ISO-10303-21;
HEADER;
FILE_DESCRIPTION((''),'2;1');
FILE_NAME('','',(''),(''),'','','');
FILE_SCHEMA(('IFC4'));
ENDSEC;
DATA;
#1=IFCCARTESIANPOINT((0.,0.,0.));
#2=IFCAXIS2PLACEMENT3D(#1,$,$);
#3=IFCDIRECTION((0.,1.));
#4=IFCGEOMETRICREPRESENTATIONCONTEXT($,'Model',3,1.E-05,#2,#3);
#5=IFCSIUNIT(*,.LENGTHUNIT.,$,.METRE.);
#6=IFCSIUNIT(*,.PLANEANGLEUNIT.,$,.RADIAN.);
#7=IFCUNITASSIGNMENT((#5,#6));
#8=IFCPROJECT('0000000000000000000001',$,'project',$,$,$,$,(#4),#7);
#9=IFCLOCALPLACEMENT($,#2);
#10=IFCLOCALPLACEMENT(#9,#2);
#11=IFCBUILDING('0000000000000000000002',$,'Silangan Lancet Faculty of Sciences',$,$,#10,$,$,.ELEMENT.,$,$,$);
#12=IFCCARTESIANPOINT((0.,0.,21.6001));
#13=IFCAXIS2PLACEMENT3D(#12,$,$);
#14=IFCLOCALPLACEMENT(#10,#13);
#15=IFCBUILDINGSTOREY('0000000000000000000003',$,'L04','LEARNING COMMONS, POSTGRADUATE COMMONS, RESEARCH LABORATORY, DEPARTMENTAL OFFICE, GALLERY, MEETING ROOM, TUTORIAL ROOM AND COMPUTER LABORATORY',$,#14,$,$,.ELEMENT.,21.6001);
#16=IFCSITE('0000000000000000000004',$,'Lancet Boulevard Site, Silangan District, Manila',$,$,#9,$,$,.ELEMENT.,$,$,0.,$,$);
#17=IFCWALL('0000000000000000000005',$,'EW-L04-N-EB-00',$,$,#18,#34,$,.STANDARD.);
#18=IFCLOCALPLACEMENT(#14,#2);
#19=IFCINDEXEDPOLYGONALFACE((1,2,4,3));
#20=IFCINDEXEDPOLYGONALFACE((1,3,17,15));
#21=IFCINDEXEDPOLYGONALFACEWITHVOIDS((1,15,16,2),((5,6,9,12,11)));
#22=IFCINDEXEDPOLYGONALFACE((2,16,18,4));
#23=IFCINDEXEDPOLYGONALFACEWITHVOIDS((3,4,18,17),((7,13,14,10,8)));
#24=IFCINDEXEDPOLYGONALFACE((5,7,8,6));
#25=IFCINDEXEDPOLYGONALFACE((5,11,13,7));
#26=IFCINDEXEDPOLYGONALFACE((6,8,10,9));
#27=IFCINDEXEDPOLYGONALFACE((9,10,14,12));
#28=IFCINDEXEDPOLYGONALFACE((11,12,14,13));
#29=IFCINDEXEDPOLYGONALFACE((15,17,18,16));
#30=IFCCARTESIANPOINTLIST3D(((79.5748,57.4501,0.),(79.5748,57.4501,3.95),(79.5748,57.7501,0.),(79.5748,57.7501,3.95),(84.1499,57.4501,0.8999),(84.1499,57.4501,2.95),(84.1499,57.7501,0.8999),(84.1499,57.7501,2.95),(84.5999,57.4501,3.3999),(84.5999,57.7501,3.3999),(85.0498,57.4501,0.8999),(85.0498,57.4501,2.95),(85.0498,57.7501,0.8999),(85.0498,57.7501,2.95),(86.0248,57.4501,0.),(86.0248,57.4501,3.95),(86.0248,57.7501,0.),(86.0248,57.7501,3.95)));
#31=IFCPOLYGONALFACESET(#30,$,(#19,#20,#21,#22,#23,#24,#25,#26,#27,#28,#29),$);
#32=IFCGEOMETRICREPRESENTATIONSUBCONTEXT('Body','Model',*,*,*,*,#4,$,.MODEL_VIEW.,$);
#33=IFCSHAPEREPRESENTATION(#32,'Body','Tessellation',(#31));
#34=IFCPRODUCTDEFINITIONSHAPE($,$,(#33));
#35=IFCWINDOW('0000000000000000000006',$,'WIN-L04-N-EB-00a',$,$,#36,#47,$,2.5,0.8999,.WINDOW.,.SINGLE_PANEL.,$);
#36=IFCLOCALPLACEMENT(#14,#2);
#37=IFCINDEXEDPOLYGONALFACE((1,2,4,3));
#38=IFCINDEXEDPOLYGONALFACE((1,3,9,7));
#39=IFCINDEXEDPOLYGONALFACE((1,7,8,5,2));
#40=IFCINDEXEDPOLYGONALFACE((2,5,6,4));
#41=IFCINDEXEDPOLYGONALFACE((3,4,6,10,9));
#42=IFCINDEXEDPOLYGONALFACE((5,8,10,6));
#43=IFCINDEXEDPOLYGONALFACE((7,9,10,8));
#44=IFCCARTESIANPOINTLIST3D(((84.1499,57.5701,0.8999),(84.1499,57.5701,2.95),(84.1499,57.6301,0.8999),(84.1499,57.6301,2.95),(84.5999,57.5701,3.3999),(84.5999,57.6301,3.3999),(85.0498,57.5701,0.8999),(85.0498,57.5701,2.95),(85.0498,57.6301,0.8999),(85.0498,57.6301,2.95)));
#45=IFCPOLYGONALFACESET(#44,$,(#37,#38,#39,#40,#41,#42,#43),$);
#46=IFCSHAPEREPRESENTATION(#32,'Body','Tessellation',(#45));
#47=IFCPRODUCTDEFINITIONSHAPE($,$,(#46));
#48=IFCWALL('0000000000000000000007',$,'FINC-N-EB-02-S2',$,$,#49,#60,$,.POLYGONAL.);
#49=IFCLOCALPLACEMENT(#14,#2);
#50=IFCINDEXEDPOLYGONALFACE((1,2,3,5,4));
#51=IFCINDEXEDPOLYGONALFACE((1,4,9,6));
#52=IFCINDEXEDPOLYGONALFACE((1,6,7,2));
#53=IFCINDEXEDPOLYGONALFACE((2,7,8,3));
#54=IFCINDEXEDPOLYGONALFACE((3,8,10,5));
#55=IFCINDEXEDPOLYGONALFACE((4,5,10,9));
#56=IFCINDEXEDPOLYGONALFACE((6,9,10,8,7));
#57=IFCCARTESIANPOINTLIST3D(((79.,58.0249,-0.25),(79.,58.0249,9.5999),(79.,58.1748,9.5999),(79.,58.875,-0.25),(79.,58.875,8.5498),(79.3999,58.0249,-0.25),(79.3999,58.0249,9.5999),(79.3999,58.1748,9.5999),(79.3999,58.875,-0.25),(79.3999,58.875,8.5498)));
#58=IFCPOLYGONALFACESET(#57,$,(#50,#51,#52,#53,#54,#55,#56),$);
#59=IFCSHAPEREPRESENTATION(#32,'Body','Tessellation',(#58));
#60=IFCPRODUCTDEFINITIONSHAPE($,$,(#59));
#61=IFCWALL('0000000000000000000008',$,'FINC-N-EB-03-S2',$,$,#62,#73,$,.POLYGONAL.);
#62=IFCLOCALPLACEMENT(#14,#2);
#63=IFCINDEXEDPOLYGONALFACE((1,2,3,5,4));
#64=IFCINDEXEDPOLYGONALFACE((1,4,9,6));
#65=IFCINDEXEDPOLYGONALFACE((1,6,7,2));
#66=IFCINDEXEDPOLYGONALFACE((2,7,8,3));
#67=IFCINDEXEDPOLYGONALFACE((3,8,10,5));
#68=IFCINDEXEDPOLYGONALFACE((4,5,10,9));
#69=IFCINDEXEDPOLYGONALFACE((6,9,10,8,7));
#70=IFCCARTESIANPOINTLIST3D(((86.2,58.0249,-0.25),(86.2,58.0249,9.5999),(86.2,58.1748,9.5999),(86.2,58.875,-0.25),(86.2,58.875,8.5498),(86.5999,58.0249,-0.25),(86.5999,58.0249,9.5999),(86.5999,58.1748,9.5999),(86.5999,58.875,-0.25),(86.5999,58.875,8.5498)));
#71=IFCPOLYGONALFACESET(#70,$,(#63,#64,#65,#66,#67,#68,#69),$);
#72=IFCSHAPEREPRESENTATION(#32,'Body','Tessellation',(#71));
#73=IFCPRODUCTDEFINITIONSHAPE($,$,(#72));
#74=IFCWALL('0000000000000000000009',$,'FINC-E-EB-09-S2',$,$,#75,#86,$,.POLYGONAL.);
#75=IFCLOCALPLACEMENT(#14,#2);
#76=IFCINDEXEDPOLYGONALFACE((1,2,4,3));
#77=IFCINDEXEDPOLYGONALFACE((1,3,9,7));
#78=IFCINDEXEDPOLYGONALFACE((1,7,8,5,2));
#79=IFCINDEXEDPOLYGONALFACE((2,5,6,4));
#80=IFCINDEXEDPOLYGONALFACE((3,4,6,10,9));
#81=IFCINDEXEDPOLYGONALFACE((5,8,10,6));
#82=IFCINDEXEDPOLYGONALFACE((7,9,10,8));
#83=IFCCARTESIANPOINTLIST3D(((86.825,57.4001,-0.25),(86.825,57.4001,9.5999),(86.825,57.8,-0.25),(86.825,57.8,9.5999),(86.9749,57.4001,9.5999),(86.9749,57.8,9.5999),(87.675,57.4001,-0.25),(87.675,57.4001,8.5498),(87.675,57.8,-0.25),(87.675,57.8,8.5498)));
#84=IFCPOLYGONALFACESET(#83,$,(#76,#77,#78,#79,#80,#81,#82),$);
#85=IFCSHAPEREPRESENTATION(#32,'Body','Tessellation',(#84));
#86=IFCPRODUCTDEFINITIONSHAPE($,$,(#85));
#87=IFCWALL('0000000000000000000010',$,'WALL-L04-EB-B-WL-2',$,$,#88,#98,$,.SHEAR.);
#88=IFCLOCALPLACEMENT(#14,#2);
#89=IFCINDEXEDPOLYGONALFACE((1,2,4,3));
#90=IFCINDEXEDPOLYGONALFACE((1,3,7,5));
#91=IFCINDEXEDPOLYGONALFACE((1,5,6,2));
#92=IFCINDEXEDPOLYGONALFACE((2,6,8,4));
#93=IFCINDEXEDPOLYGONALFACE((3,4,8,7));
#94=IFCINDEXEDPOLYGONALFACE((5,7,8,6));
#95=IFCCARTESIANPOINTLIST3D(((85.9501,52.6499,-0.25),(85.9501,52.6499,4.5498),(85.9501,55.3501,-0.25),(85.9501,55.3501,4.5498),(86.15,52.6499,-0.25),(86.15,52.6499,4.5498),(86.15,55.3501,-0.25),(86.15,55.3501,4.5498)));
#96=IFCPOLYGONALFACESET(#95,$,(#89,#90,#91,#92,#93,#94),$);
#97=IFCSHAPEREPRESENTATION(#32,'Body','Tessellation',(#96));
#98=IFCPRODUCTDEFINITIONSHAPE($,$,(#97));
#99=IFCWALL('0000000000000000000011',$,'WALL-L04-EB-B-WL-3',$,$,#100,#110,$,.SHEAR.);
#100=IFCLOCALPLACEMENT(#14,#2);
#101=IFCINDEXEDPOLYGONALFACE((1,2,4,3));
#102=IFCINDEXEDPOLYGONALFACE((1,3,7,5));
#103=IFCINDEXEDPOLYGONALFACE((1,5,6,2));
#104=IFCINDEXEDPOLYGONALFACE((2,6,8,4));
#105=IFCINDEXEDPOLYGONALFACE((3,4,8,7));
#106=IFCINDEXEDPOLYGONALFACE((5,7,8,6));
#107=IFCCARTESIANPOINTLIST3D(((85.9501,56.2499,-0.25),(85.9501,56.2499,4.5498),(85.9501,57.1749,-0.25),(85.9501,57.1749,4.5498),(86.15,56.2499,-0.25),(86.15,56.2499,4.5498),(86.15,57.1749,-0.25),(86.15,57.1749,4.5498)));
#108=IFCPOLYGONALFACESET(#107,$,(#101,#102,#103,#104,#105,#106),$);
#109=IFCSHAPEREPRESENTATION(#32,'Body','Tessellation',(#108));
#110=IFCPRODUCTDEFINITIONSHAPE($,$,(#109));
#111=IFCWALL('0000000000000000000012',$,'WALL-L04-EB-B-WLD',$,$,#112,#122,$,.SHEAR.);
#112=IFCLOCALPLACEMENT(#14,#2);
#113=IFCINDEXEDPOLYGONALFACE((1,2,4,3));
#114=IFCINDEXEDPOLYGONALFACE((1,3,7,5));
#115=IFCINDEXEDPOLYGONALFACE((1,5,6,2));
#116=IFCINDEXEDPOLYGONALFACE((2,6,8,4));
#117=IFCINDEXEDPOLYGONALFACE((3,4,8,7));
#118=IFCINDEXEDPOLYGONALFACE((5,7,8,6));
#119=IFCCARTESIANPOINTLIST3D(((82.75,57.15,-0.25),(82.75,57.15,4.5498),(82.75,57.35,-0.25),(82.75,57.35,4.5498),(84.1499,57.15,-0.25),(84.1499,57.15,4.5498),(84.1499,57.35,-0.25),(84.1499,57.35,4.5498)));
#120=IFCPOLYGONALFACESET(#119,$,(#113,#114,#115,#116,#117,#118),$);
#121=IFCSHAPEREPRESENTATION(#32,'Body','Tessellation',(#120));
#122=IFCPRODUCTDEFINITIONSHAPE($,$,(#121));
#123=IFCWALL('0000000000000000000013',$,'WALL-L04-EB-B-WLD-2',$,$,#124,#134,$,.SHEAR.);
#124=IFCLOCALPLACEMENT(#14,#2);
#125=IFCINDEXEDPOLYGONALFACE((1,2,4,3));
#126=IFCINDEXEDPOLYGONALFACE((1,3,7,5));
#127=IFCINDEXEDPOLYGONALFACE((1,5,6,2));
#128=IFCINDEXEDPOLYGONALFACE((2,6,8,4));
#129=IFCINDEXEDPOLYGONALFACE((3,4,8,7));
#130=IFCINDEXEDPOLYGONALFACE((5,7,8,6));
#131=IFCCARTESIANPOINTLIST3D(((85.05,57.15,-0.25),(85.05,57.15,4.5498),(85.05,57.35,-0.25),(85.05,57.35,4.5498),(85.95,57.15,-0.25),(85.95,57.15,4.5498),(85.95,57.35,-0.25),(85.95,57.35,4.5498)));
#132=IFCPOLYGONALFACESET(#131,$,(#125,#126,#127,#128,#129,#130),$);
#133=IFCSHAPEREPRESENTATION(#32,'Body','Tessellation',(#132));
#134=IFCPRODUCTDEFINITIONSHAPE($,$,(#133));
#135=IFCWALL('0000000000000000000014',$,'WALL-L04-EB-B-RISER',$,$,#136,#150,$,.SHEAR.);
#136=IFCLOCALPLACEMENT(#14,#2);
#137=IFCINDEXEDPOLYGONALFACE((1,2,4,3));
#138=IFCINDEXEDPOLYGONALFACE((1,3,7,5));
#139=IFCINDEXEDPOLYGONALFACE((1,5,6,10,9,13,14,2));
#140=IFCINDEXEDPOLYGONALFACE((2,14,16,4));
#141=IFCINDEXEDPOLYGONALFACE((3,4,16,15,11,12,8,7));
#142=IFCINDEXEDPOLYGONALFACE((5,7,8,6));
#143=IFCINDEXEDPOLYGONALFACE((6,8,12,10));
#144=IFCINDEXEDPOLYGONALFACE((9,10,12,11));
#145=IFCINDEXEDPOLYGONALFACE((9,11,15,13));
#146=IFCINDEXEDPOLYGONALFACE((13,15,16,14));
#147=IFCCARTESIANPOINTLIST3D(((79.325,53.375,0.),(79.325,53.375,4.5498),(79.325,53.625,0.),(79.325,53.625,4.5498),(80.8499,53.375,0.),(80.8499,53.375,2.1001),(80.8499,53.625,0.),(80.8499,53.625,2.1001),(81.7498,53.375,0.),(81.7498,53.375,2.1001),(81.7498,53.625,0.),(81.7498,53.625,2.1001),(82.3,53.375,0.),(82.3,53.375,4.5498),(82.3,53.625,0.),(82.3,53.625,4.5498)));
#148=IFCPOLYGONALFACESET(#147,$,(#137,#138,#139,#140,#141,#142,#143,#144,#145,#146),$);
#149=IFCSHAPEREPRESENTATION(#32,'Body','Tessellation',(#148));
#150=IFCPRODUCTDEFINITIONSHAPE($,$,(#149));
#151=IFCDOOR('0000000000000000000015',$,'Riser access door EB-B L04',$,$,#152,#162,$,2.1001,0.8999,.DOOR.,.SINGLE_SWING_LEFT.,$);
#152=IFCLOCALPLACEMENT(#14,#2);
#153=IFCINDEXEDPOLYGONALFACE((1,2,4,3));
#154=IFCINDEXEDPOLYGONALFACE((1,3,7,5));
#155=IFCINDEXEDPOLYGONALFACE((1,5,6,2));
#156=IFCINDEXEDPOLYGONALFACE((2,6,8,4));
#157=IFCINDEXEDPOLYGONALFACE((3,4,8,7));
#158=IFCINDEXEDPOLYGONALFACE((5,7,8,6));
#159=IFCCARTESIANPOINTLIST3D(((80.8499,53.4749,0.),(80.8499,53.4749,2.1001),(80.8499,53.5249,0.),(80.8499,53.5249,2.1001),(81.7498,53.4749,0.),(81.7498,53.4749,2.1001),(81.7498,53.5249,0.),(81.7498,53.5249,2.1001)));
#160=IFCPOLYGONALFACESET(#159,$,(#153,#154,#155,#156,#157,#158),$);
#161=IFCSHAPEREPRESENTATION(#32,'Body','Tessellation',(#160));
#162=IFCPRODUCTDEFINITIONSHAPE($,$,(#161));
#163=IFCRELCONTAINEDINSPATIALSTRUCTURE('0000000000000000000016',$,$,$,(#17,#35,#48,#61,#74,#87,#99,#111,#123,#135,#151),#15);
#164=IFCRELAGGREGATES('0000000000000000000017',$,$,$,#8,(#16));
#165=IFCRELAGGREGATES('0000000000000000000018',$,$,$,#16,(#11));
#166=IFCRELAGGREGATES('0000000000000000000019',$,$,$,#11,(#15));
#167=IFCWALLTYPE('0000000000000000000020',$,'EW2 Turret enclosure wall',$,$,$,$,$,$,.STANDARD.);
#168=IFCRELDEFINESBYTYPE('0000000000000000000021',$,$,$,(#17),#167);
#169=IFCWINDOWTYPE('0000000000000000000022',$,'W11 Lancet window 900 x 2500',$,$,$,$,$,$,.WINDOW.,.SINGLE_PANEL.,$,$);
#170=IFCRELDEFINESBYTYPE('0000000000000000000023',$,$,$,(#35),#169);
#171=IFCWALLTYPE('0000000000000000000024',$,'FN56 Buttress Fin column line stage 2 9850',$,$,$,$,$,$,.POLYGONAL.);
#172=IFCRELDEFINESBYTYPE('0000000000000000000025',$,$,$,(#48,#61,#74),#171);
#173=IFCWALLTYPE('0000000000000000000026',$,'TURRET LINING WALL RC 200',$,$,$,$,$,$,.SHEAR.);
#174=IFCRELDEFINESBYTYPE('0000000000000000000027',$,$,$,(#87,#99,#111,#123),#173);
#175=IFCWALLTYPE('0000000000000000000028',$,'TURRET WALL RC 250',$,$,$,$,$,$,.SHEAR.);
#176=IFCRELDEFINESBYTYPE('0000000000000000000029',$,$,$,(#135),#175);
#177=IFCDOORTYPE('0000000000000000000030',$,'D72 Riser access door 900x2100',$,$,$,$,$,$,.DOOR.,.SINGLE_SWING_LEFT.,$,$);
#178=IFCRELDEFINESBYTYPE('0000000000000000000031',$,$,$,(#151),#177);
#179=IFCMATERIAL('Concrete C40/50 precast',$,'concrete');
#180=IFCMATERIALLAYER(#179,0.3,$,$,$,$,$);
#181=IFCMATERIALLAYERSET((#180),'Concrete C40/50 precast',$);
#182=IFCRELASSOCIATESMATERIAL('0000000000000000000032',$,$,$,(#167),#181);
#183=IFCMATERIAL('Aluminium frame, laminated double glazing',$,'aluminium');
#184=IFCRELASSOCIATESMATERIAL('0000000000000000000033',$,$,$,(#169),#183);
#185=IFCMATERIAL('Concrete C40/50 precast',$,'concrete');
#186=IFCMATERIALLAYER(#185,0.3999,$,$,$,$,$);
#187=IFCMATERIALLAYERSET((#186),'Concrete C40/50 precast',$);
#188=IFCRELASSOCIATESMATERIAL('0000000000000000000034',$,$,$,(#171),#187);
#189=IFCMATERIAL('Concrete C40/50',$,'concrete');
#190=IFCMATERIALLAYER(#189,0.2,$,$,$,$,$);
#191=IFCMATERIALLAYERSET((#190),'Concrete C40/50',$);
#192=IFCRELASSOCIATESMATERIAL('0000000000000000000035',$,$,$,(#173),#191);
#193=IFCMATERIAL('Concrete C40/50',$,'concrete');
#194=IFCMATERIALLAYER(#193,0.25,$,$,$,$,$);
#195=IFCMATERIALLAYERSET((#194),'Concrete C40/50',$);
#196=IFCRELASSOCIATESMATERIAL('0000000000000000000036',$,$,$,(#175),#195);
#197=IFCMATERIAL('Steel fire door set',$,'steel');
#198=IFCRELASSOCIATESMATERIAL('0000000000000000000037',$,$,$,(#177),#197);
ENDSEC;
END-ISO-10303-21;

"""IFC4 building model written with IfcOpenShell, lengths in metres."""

from ifc_helpers import new_model, si_unit, direction, frame, frame_2d, origin, place, context, subcontext, project, spatial, polyline, rectangle, outline, extrude, material, layer, layer_set, type_object, element, fill, save


model = new_model("IFC4")

# Units and contexts
model_context = context("Model", 3, precision=1e-05, world=origin(), true_north=direction((0.0, 1.0)))
body_context = subcontext(model_context, "Body", "Model", "MODEL_VIEW")
ifc_project = project(units=[si_unit("LENGTHUNIT", "METRE"), si_unit("PLANEANGLEUNIT", "RADIAN")], contexts=[model_context])

# Site, building, storey
site_placement = place(None, origin())
site = spatial("IfcSite", under=ifc_project, at=site_placement, Name="Lancet Boulevard Site, Silangan District, Manila", CompositionType="ELEMENT", RefElevation=0.0)
building_placement = place(site_placement, origin())
building = spatial("IfcBuilding", under=site, at=building_placement, Name="Silangan Lancet Faculty of Sciences", CompositionType="ELEMENT")
storey_placement = place(building_placement, frame((0.0, 0.0, 21.6001)))
storey = spatial("IfcBuildingStorey", under=building, at=storey_placement, Name="L04", Description="LEARNING COMMONS, POSTGRADUATE COMMONS, RESEARCH LABORATORY, DEPARTMENTAL OFFICE, GALLERY, MEETING ROOM, TUTORIAL ROOM AND COMPUTER LABORATORY", CompositionType="ELEMENT", Elevation=21.6001)

# Wall, opening, window
ifc_material_1 = material(Name="Concrete C40/50 precast", Category="concrete")
ifc_layer_1 = layer(ifc_material_1, 0.3)
ifc_layer_set_1 = layer_set([ifc_layer_1], Name="Concrete C40/50 precast")
wall_type_1 = type_object("IfcWallType", Name="EW2 Turret enclosure wall", PredefinedType="STANDARD", material=ifc_layer_set_1)
wall_1_placement = place(storey_placement, frame((86.0249, 57.6001, 0.0), z_axis=(0.0, 0.0, 1.0), x_axis=(-1.0, 0.0, 0.0)))
wall_1 = element("IfcWall", 1, at=wall_1_placement, inside=storey, type_object=wall_type_1, Name="EW-L04-N-EB-00", PredefinedType="STANDARD", context=body_context, shape_type="SweptSolid", body=[
    extrude(rectangle(XDim=6.45, YDim=0.3, at=frame_2d((3.2251, 0.0))), origin(), (0.0, 0.0, 1.0), 3.95),
])
opening_1_placement = place(wall_1_placement, frame((0.9751, 0.0, 0.8999)))
opening_1 = element("IfcOpeningElement", 2, at=opening_1_placement, cuts=wall_1, PredefinedType="OPENING", context=body_context, shape_type="SweptSolid", body=[
    extrude(outline(polyline([(0.0, 0.0), (0.8999, 0.0), (0.8999, 2.05), (0.45, 2.5), (0.0, 2.05), (0.0, 0.0)])), frame((0.0, 0.1599, 0.0), z_axis=(0.0, -1.0, 0.0), x_axis=(1.0, 0.0, 0.0)), (0.0, 0.0, 1.0), 0.3201),
])
ifc_material_2 = material(Name="Aluminium frame, laminated double glazing", Category="aluminium")
window_type = type_object("IfcWindowType", Name="W11 Lancet window 900 x 2500", PartitioningType="SINGLE_PANEL", PredefinedType="WINDOW", material=ifc_material_2)
window_placement = place(opening_1_placement, origin())
window = element("IfcWindow", 3, at=window_placement, inside=storey, type_object=window_type, Name="WIN-L04-N-EB-00a", OverallHeight=2.5, OverallWidth=0.8999, PartitioningType="SINGLE_PANEL", PredefinedType="WINDOW", context=body_context, shape_type="SweptSolid", body=[
    extrude(outline(polyline([(0.0, 0.0), (0.8999, 0.0), (0.8999, 2.05), (0.45, 2.5), (0.0, 2.05), (0.0, 0.0)])), frame((0.0, 0.03, 0.0), z_axis=(0.0, -1.0, 0.0), x_axis=(1.0, 0.0, 0.0)), (0.0, 0.0, 1.0), 0.0601),
])
fill(opening_1, window)

# Walls
ifc_material_3 = material(Name="Concrete C40/50 precast", Category="concrete")
ifc_layer_2 = layer(ifc_material_3, 0.3999)
ifc_layer_set_2 = layer_set([ifc_layer_2], Name="Concrete C40/50 precast")
wall_type_2 = type_object("IfcWallType", Name="FN56 Buttress Fin column line stage 2 9850", PredefinedType="POLYGONAL", material=ifc_layer_set_2)
for number, where, z_axis, x_axis, name in (
    (4, (79.2, 58.0249, -0.25), (0.0, 0.0, 1.0), (0.0, 1.0, 0.0), "FINC-N-EB-02-S2"),
    (5, (86.3999, 58.0249, -0.25), (0.0, 0.0, 1.0), (0.0, 1.0, 0.0), "FINC-N-EB-03-S2"),
    (6, (86.825, 57.6001, -0.25), (0.0, 0.0, 1.0), (1.0, 0.0, 0.0), "FINC-E-EB-09-S2"),
):
    element("IfcWall", number, at=place(storey_placement, frame(where, z_axis=z_axis, x_axis=x_axis)), inside=storey, type_object=wall_type_2, Name=name, PredefinedType="POLYGONAL", context=body_context, shape_type="SweptSolid", body=[
        extrude(outline(polyline([(0.8501, 0.0), (0.8501, 8.7998), (0.1499, 9.8499), (0.0, 9.8499), (0.0, 0.0), (0.8501, 0.0)])), frame((0.0, 0.2, 0.0), z_axis=(0.0, -1.0, 0.0), x_axis=(1.0, 0.0, 0.0)), (0.0, 0.0, 1.0), 0.3999),
    ])
ifc_material_4 = material(Name="Concrete C40/50", Category="concrete")
ifc_layer_3 = layer(ifc_material_4, 0.2)
ifc_layer_set_3 = layer_set([ifc_layer_3], Name="Concrete C40/50")
wall_type_3 = type_object("IfcWallType", Name="TURRET LINING WALL RC 200", PredefinedType="SHEAR", material=ifc_layer_set_3)
wall_2_placement = place(storey_placement, frame((86.05, 52.6499, -0.25), z_axis=(0.0, 0.0, 1.0), x_axis=(0.0, 1.0, 0.0)))
element("IfcWall", 7, at=wall_2_placement, inside=storey, type_object=wall_type_3, Name="WALL-L04-EB-B-WL-2", PredefinedType="SHEAR", context=body_context, shape_type="SweptSolid", body=[
    extrude(rectangle(XDim=2.7002, YDim=0.2, at=frame_2d((1.3501, 0.0))), origin(), (0.0, 0.0, 1.0), 4.7998),
])
wall_3_placement = place(storey_placement, frame((86.05, 56.25, -0.25), z_axis=(0.0, 0.0, 1.0), x_axis=(0.0, 1.0, 0.0)))
element("IfcWall", 8, at=wall_3_placement, inside=storey, type_object=wall_type_3, Name="WALL-L04-EB-B-WL-3", PredefinedType="SHEAR", context=body_context, shape_type="SweptSolid", body=[
    extrude(rectangle(XDim=0.925, YDim=0.2, at=frame_2d((0.4624, 0.0))), origin(), (0.0, 0.0, 1.0), 4.7998),
])
wall_4_placement = place(storey_placement, frame((82.75, 57.25, -0.25), z_axis=(0.0, 0.0, 1.0), x_axis=(1.0, 0.0, 0.0)))
element("IfcWall", 9, at=wall_4_placement, inside=storey, type_object=wall_type_3, Name="WALL-L04-EB-B-WLD", PredefinedType="SHEAR", context=body_context, shape_type="SweptSolid", body=[
    extrude(rectangle(XDim=1.3999, YDim=0.2, at=frame_2d((0.7, 0.0))), origin(), (0.0, 0.0, 1.0), 4.7998),
])
wall_5_placement = place(storey_placement, frame((85.05, 57.25, -0.25), z_axis=(0.0, 0.0, 1.0), x_axis=(1.0, 0.0, 0.0)))
element("IfcWall", 10, at=wall_5_placement, inside=storey, type_object=wall_type_3, Name="WALL-L04-EB-B-WLD-2", PredefinedType="SHEAR", context=body_context, shape_type="SweptSolid", body=[
    extrude(rectangle(XDim=0.8999, YDim=0.2, at=frame_2d((0.45, 0.0))), origin(), (0.0, 0.0, 1.0), 4.7998),
])

# Wall, opening, door
ifc_material_5 = material(Name="Concrete C40/50", Category="concrete")
ifc_layer_4 = layer(ifc_material_5, 0.25)
ifc_layer_set_4 = layer_set([ifc_layer_4], Name="Concrete C40/50")
wall_type_4 = type_object("IfcWallType", Name="TURRET WALL RC 250", PredefinedType="SHEAR", material=ifc_layer_set_4)
wall_6_placement = place(storey_placement, frame((79.325, 53.5, 0.0), z_axis=(0.0, 0.0, 1.0), x_axis=(1.0, 0.0, 0.0)))
wall_6 = element("IfcWall", 11, at=wall_6_placement, inside=storey, type_object=wall_type_4, Name="WALL-L04-EB-B-RISER", PredefinedType="SHEAR", context=body_context, shape_type="SweptSolid", body=[
    extrude(rectangle(XDim=2.9751, YDim=0.25, at=frame_2d((1.4875, 0.0))), origin(), (0.0, 0.0, 1.0), 4.5498),
])
opening_2_placement = place(wall_6_placement, frame((1.5249, 0.0, 0.0)))
opening_2 = element("IfcOpeningElement", 12, at=opening_2_placement, cuts=wall_6, PredefinedType="OPENING", context=body_context, shape_type="SweptSolid", body=[
    extrude(rectangle(XDim=0.8999, YDim=2.1001, at=frame_2d((0.45, 1.05))), frame((0.0, 0.135, 0.0), z_axis=(0.0, -1.0, 0.0), x_axis=(1.0, 0.0, 0.0)), (0.0, 0.0, 1.0), 0.27),
])
ifc_material_6 = material(Name="Steel fire door set", Category="steel")
door_type = type_object("IfcDoorType", Name="D72 Riser access door 900x2100", OperationType="SINGLE_SWING_LEFT", PredefinedType="DOOR", material=ifc_material_6)
door_placement = place(opening_2_placement, origin())
door = element("IfcDoor", 13, at=door_placement, inside=storey, type_object=door_type, Name="Riser access door EB-B L04", OperationType="SINGLE_SWING_LEFT", OverallHeight=2.1001, OverallWidth=0.8999, PredefinedType="DOOR", context=body_context, shape_type="SweptSolid", body=[
    extrude(rectangle(XDim=0.8999, YDim=2.1001, at=frame_2d((0.45, 1.05))), frame((0.0, 0.0249, 0.0), z_axis=(0.0, -1.0, 0.0), x_axis=(1.0, 0.0, 0.0)), (0.0, 0.0, 1.0), 0.05),
])
fill(opening_2, door)

save(model, "model.ifc")
